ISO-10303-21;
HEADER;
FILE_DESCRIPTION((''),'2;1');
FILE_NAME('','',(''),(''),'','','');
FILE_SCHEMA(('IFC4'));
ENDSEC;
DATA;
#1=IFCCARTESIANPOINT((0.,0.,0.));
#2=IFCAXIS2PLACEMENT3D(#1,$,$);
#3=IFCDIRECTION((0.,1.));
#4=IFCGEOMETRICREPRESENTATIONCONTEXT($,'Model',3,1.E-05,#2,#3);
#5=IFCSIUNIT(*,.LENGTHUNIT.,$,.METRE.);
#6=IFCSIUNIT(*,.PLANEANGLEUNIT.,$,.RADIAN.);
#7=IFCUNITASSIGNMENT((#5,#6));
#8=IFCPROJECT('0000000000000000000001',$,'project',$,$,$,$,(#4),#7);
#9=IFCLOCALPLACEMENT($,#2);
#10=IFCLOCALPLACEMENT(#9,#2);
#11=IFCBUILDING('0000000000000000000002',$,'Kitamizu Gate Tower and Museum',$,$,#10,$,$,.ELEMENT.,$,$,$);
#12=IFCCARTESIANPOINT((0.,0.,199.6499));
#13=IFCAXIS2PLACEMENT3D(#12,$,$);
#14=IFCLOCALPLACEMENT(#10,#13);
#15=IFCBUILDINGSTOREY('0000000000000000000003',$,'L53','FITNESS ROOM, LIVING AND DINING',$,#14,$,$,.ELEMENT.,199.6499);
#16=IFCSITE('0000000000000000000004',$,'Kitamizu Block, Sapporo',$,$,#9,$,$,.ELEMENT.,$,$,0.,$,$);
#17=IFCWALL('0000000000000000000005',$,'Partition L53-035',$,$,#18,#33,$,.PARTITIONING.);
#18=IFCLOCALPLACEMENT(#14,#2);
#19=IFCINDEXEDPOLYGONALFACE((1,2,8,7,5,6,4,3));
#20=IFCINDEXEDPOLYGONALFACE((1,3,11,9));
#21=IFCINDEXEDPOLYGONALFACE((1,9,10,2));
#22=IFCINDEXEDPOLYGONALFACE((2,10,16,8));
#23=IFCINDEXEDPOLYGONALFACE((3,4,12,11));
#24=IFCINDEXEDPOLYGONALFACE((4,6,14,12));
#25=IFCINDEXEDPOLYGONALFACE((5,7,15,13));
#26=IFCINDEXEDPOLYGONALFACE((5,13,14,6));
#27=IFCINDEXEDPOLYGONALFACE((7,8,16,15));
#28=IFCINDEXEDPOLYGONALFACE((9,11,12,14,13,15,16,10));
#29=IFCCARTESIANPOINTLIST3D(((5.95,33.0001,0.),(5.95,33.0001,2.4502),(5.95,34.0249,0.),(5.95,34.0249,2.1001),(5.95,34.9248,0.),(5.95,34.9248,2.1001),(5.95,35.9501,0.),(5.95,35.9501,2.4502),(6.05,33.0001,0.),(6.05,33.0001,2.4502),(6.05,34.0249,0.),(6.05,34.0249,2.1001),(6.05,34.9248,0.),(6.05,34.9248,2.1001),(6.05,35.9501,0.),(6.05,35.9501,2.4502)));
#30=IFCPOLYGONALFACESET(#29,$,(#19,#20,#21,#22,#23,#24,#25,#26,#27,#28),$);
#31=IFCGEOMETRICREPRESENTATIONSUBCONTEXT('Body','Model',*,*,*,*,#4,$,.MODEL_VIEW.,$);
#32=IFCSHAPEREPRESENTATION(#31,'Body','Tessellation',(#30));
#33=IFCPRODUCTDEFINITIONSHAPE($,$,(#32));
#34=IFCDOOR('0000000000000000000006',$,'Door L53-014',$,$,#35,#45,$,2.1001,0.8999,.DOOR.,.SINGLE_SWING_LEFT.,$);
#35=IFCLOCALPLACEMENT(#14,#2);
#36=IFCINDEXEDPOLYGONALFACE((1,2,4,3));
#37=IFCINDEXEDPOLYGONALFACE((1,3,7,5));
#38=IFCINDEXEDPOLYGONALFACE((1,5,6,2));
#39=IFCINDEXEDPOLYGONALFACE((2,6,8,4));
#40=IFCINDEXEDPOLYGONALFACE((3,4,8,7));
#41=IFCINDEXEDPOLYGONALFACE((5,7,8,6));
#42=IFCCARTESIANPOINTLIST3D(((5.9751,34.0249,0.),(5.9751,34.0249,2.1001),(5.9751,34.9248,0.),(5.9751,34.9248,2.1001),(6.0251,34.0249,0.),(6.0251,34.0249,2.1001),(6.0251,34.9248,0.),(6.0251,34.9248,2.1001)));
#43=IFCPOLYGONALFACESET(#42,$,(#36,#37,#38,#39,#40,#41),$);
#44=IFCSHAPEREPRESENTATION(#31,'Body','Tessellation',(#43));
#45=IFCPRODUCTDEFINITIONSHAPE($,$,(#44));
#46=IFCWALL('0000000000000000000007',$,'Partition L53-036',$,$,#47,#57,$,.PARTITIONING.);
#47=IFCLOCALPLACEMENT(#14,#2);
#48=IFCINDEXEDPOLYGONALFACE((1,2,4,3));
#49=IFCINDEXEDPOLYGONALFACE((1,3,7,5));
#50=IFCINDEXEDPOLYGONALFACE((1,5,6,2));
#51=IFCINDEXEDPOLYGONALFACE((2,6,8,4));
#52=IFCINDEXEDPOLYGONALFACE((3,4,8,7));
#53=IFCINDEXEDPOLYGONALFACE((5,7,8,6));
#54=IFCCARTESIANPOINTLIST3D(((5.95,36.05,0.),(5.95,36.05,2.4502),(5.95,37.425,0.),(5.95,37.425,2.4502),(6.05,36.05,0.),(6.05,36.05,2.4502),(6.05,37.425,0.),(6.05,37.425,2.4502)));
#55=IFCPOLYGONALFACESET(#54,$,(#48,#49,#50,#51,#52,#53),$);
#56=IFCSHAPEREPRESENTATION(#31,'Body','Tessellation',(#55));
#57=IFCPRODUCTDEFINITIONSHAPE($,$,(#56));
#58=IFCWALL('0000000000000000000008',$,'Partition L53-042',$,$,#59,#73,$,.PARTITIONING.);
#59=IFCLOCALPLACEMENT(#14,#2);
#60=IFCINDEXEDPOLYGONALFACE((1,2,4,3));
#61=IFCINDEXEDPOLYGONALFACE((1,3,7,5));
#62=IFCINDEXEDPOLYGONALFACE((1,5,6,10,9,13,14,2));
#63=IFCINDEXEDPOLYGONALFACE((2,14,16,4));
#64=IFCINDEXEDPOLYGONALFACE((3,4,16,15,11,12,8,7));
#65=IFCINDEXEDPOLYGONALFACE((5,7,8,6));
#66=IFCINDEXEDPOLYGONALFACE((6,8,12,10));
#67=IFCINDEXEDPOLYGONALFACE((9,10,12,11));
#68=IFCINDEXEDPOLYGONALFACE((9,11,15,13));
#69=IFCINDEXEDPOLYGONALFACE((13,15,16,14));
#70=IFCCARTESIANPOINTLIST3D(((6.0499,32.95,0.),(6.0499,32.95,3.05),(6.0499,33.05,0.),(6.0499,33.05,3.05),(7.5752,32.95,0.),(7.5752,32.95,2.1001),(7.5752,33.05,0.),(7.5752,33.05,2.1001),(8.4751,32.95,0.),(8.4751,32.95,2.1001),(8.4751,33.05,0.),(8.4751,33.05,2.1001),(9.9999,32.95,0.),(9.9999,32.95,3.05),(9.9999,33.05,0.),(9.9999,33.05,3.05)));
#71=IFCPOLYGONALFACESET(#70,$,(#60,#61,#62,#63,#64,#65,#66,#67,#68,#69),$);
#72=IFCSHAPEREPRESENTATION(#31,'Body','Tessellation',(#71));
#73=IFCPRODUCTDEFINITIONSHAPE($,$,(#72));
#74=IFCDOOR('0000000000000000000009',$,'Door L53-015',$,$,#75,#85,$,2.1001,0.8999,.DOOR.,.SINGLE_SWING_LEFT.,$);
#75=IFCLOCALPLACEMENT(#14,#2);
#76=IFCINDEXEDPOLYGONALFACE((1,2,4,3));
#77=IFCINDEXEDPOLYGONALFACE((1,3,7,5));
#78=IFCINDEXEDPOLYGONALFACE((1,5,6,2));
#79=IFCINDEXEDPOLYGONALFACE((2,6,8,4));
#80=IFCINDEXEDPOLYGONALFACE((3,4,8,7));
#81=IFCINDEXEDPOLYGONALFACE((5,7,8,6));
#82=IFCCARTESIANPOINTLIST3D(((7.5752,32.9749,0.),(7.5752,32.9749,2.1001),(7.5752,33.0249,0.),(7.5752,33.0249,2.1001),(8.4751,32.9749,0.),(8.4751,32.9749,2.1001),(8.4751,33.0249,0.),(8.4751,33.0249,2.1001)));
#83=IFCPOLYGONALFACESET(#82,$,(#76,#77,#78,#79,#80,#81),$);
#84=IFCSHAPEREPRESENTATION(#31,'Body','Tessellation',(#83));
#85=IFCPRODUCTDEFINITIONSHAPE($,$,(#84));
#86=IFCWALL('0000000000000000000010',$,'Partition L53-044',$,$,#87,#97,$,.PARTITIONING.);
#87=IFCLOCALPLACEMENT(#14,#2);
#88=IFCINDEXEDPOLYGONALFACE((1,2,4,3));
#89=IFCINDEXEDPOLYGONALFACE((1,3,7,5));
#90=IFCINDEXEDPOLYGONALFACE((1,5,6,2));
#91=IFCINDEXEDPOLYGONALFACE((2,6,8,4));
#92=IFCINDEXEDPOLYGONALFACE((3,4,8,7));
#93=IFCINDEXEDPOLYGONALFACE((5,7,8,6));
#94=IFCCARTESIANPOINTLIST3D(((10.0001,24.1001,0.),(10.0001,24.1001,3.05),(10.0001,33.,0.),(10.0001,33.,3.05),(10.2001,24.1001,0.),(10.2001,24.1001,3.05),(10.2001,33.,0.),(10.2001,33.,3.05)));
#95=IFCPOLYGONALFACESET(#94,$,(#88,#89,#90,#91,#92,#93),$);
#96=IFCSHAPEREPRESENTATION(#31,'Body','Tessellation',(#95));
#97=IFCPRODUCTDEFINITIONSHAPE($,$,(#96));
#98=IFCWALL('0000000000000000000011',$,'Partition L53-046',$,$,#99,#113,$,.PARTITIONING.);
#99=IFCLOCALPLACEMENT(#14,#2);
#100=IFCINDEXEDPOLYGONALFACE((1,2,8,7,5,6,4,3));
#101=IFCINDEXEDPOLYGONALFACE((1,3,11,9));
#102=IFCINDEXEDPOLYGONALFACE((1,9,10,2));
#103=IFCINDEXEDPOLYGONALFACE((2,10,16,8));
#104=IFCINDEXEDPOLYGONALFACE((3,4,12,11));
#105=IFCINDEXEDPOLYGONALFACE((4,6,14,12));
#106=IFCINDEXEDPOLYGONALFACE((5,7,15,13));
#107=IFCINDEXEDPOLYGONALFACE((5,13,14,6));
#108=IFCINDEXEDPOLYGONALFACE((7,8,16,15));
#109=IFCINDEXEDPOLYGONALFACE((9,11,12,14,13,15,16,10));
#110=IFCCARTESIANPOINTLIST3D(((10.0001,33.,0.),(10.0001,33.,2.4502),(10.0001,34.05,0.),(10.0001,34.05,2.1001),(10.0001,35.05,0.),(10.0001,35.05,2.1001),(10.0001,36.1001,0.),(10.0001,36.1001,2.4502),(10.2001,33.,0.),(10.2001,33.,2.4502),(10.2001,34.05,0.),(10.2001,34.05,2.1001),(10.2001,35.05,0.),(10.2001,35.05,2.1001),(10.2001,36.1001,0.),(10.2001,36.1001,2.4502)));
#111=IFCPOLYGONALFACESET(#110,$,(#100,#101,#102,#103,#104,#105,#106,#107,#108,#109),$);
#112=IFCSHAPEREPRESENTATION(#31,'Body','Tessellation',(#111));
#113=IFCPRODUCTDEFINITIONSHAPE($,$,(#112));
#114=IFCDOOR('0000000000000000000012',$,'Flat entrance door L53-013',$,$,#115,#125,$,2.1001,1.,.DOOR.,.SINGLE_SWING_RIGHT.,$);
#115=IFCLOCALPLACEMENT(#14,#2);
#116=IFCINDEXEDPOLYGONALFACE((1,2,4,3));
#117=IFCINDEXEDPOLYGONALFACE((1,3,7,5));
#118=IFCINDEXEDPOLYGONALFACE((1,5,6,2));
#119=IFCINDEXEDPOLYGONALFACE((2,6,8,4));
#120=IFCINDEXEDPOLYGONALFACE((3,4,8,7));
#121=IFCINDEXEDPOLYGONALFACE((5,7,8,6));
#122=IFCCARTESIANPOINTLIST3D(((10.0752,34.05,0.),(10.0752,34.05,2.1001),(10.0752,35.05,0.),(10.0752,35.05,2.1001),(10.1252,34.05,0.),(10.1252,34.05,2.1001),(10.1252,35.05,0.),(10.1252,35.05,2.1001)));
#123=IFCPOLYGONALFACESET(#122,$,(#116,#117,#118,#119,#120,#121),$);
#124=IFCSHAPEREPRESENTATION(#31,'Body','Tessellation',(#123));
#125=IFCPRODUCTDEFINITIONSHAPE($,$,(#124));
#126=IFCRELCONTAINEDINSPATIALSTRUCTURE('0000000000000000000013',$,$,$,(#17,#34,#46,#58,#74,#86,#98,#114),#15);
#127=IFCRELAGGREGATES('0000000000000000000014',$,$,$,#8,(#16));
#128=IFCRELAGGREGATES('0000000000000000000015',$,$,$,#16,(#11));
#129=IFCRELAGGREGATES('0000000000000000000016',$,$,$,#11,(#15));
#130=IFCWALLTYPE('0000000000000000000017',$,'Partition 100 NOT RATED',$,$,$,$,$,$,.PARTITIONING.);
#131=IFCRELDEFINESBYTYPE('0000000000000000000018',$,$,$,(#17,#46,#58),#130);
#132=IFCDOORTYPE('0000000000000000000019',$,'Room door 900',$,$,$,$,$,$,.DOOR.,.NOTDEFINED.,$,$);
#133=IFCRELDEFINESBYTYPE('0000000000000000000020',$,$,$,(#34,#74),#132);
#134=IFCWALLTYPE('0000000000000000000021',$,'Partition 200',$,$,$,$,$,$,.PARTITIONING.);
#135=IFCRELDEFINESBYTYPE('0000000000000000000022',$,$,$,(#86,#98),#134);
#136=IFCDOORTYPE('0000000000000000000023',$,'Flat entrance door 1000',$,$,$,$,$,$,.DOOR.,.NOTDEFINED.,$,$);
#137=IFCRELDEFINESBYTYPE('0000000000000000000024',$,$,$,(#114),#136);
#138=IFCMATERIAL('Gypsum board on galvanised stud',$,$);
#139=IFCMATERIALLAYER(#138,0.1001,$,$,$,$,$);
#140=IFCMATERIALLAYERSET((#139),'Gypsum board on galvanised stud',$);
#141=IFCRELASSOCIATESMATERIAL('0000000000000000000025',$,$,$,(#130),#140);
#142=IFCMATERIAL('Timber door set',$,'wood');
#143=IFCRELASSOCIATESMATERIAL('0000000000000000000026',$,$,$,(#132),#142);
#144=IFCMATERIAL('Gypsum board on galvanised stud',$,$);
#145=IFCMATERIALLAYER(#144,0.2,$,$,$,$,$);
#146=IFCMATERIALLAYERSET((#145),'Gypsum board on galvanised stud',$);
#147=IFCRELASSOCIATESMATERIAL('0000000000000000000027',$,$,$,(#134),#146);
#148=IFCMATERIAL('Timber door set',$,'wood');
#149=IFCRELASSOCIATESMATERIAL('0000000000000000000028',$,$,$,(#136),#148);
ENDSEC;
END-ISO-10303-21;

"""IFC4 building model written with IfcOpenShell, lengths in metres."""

from ifc_helpers import new_model, si_unit, direction, frame, frame_2d, origin, place, context, subcontext, project, spatial, rectangle, extrude, material, layer, layer_set, type_object, element, fill, save


model = new_model("IFC4")

# Units and contexts
model_context = context("Model", 3, precision=1e-05, world=origin(), true_north=direction((0.0, 1.0)))
body_context = subcontext(model_context, "Body", "Model", "MODEL_VIEW")
ifc_project = project(units=[si_unit("LENGTHUNIT", "METRE"), si_unit("PLANEANGLEUNIT", "RADIAN")], contexts=[model_context])

# Site, building, storey
site_placement = place(None, origin())
site = spatial("IfcSite", under=ifc_project, at=site_placement, Name="Kitamizu Block, Sapporo", CompositionType="ELEMENT", RefElevation=0.0)
building_placement = place(site_placement, origin())
building = spatial("IfcBuilding", under=site, at=building_placement, Name="Kitamizu Gate Tower and Museum", CompositionType="ELEMENT")
storey_placement = place(building_placement, frame((0.0, 0.0, 199.6499)))
storey = spatial("IfcBuildingStorey", under=building, at=storey_placement, Name="L53", Description="FITNESS ROOM, LIVING AND DINING", CompositionType="ELEMENT", Elevation=199.6499)

# Shared definitions
ifc_material_1 = material(Name="Gypsum board on galvanised stud")
ifc_layer_1 = layer(ifc_material_1, 0.1001)
ifc_layer_set_1 = layer_set([ifc_layer_1], Name="Gypsum board on galvanised stud")
wall_type_1 = type_object("IfcWallType", Name="Partition 100 NOT RATED", PredefinedType="PARTITIONING", material=ifc_layer_set_1)
ifc_material_2 = material(Name="Timber door set", Category="wood")
door_type_1 = type_object("IfcDoorType", Name="Room door 900", OperationType="NOTDEFINED", PredefinedType="DOOR", material=ifc_material_2)

# Wall, opening, door
wall_1_placement = place(storey_placement, frame((6.0, 33.0, 0.0), z_axis=(0.0, 0.0, 1.0), x_axis=(0.0, 1.0, 0.0)))
wall_1 = element("IfcWall", 1, at=wall_1_placement, inside=storey, type_object=wall_type_1, Name="Partition L53-035", PredefinedType="PARTITIONING", context=body_context, shape_type="SweptSolid", body=[
    extrude(rectangle(XDim=2.95, YDim=0.1001, at=frame_2d((1.4751, 0.0))), origin(), (0.0, 0.0, 1.0), 2.4502),
])
opening_1_placement = place(wall_1_placement, frame((1.0249, 0.0, 0.0)))
opening_1 = element("IfcOpeningElement", 2, at=opening_1_placement, cuts=wall_1, PredefinedType="OPENING", context=body_context, shape_type="SweptSolid", body=[
    extrude(rectangle(XDim=0.8999, YDim=2.1001, at=frame_2d((0.45, 1.05))), frame((0.0, 0.0601, 0.0), z_axis=(0.0, -1.0, 0.0), x_axis=(1.0, 0.0, 0.0)), (0.0, 0.0, 1.0), 0.1201),
])
door_1_placement = place(opening_1_placement, origin())
door_1 = element("IfcDoor", 3, at=door_1_placement, inside=storey, type_object=door_type_1, Name="Door L53-014", OperationType="SINGLE_SWING_LEFT", OverallHeight=2.1001, OverallWidth=0.8999, PredefinedType="DOOR", context=body_context, shape_type="SweptSolid", body=[
    extrude(rectangle(XDim=0.8999, YDim=2.1001, at=frame_2d((0.45, 1.05))), frame((0.0, 0.0249, 0.0), z_axis=(0.0, -1.0, 0.0), x_axis=(1.0, 0.0, 0.0)), (0.0, 0.0, 1.0), 0.05),
])
fill(opening_1, door_1)

# Wall
wall_2_placement = place(storey_placement, frame((6.0, 36.05, 0.0), z_axis=(0.0, 0.0, 1.0), x_axis=(0.0, 1.0, 0.0)))
element("IfcWall", 4, at=wall_2_placement, inside=storey, type_object=wall_type_1, Name="Partition L53-036", PredefinedType="PARTITIONING", context=body_context, shape_type="SweptSolid", body=[
    extrude(rectangle(XDim=1.375, YDim=0.1001, at=frame_2d((0.6875, 0.0))), origin(), (0.0, 0.0, 1.0), 2.4502),
])

# Wall, opening, door
wall_3_placement = place(storey_placement, frame((10.0, 33.0, 0.0), z_axis=(0.0, 0.0, 1.0), x_axis=(-1.0, 0.0, 0.0)))
wall_3 = element("IfcWall", 5, at=wall_3_placement, inside=storey, type_object=wall_type_1, Name="Partition L53-042", PredefinedType="PARTITIONING", context=body_context, shape_type="SweptSolid", body=[
    extrude(rectangle(XDim=3.95, YDim=0.1001, at=frame_2d((1.9751, 0.0))), origin(), (0.0, 0.0, 1.0), 3.05),
])
opening_2_placement = place(wall_3_placement, frame((1.5249, 0.0, 0.0)))
opening_2 = element("IfcOpeningElement", 6, at=opening_2_placement, cuts=wall_3, PredefinedType="OPENING", context=body_context, shape_type="SweptSolid", body=[
    extrude(rectangle(XDim=0.8999, YDim=2.1001, at=frame_2d((0.45, 1.05))), frame((0.0, 0.0601, 0.0), z_axis=(0.0, -1.0, 0.0), x_axis=(1.0, 0.0, 0.0)), (0.0, 0.0, 1.0), 0.1201),
])
door_2_placement = place(opening_2_placement, frame((0.8999, 0.0, 0.0), x_axis=(-1.0, 0.0, 0.0)))
door_2 = element("IfcDoor", 7, at=door_2_placement, inside=storey, type_object=door_type_1, Name="Door L53-015", OperationType="SINGLE_SWING_LEFT", OverallHeight=2.1001, OverallWidth=0.8999, PredefinedType="DOOR", context=body_context, shape_type="SweptSolid", body=[
    extrude(rectangle(XDim=0.8999, YDim=2.1001, at=frame_2d((0.45, 1.05))), frame((0.0, 0.0249, 0.0), z_axis=(0.0, -1.0, 0.0), x_axis=(1.0, 0.0, 0.0)), (0.0, 0.0, 1.0), 0.05),
])
fill(opening_2, door_2)

# Wall
ifc_material_3 = material(Name="Gypsum board on galvanised stud")
ifc_layer_2 = layer(ifc_material_3, 0.2)
ifc_layer_set_2 = layer_set([ifc_layer_2], Name="Gypsum board on galvanised stud")
wall_type_2 = type_object("IfcWallType", Name="Partition 200", PredefinedType="PARTITIONING", material=ifc_layer_set_2)
wall_4_placement = place(storey_placement, frame((10.1001, 24.1001, 0.0), z_axis=(0.0, 0.0, 1.0), x_axis=(0.0, 1.0, 0.0)))
element("IfcWall", 8, at=wall_4_placement, inside=storey, type_object=wall_type_2, Name="Partition L53-044", PredefinedType="PARTITIONING", context=body_context, shape_type="SweptSolid", body=[
    extrude(rectangle(XDim=8.8999, YDim=0.2, at=frame_2d((4.45, 0.0))), origin(), (0.0, 0.0, 1.0), 3.05),
])

# Wall, opening, door
wall_5_placement = place(storey_placement, frame((10.1001, 33.0, 0.0), z_axis=(0.0, 0.0, 1.0), x_axis=(0.0, 1.0, 0.0)))
wall_5 = element("IfcWall", 9, at=wall_5_placement, inside=storey, type_object=wall_type_2, Name="Partition L53-046", PredefinedType="PARTITIONING", context=body_context, shape_type="SweptSolid", body=[
    extrude(rectangle(XDim=3.1001, YDim=0.2, at=frame_2d((1.55, 0.0))), origin(), (0.0, 0.0, 1.0), 2.4502),
])
opening_3_placement = place(wall_5_placement, frame((1.05, 0.0, 0.0)))
opening_3 = element("IfcOpeningElement", 10, at=opening_3_placement, cuts=wall_5, PredefinedType="OPENING", context=body_context, shape_type="SweptSolid", body=[
    extrude(rectangle(XDim=1.0, YDim=2.1001, at=frame_2d((0.5, 1.05))), frame((0.0, 0.1099, 0.0), z_axis=(0.0, -1.0, 0.0), x_axis=(1.0, 0.0, 0.0)), (0.0, 0.0, 1.0), 0.22),
])
ifc_material_4 = material(Name="Timber door set", Category="wood")
door_type_2 = type_object("IfcDoorType", Name="Flat entrance door 1000", OperationType="NOTDEFINED", PredefinedType="DOOR", material=ifc_material_4)
door_3_placement = place(opening_3_placement, origin())
door_3 = element("IfcDoor", 11, at=door_3_placement, inside=storey, type_object=door_type_2, Name="Flat entrance door L53-013", OperationType="SINGLE_SWING_RIGHT", OverallHeight=2.1001, OverallWidth=1.0, PredefinedType="DOOR", context=body_context, shape_type="SweptSolid", body=[
    extrude(rectangle(XDim=1.0, YDim=2.1001, at=frame_2d((0.5, 1.05))), frame((0.0, 0.0249, 0.0), z_axis=(0.0, -1.0, 0.0), x_axis=(1.0, 0.0, 0.0)), (0.0, 0.0, 1.0), 0.05),
])
fill(opening_3, door_3)

save(model, "model.ifc")
